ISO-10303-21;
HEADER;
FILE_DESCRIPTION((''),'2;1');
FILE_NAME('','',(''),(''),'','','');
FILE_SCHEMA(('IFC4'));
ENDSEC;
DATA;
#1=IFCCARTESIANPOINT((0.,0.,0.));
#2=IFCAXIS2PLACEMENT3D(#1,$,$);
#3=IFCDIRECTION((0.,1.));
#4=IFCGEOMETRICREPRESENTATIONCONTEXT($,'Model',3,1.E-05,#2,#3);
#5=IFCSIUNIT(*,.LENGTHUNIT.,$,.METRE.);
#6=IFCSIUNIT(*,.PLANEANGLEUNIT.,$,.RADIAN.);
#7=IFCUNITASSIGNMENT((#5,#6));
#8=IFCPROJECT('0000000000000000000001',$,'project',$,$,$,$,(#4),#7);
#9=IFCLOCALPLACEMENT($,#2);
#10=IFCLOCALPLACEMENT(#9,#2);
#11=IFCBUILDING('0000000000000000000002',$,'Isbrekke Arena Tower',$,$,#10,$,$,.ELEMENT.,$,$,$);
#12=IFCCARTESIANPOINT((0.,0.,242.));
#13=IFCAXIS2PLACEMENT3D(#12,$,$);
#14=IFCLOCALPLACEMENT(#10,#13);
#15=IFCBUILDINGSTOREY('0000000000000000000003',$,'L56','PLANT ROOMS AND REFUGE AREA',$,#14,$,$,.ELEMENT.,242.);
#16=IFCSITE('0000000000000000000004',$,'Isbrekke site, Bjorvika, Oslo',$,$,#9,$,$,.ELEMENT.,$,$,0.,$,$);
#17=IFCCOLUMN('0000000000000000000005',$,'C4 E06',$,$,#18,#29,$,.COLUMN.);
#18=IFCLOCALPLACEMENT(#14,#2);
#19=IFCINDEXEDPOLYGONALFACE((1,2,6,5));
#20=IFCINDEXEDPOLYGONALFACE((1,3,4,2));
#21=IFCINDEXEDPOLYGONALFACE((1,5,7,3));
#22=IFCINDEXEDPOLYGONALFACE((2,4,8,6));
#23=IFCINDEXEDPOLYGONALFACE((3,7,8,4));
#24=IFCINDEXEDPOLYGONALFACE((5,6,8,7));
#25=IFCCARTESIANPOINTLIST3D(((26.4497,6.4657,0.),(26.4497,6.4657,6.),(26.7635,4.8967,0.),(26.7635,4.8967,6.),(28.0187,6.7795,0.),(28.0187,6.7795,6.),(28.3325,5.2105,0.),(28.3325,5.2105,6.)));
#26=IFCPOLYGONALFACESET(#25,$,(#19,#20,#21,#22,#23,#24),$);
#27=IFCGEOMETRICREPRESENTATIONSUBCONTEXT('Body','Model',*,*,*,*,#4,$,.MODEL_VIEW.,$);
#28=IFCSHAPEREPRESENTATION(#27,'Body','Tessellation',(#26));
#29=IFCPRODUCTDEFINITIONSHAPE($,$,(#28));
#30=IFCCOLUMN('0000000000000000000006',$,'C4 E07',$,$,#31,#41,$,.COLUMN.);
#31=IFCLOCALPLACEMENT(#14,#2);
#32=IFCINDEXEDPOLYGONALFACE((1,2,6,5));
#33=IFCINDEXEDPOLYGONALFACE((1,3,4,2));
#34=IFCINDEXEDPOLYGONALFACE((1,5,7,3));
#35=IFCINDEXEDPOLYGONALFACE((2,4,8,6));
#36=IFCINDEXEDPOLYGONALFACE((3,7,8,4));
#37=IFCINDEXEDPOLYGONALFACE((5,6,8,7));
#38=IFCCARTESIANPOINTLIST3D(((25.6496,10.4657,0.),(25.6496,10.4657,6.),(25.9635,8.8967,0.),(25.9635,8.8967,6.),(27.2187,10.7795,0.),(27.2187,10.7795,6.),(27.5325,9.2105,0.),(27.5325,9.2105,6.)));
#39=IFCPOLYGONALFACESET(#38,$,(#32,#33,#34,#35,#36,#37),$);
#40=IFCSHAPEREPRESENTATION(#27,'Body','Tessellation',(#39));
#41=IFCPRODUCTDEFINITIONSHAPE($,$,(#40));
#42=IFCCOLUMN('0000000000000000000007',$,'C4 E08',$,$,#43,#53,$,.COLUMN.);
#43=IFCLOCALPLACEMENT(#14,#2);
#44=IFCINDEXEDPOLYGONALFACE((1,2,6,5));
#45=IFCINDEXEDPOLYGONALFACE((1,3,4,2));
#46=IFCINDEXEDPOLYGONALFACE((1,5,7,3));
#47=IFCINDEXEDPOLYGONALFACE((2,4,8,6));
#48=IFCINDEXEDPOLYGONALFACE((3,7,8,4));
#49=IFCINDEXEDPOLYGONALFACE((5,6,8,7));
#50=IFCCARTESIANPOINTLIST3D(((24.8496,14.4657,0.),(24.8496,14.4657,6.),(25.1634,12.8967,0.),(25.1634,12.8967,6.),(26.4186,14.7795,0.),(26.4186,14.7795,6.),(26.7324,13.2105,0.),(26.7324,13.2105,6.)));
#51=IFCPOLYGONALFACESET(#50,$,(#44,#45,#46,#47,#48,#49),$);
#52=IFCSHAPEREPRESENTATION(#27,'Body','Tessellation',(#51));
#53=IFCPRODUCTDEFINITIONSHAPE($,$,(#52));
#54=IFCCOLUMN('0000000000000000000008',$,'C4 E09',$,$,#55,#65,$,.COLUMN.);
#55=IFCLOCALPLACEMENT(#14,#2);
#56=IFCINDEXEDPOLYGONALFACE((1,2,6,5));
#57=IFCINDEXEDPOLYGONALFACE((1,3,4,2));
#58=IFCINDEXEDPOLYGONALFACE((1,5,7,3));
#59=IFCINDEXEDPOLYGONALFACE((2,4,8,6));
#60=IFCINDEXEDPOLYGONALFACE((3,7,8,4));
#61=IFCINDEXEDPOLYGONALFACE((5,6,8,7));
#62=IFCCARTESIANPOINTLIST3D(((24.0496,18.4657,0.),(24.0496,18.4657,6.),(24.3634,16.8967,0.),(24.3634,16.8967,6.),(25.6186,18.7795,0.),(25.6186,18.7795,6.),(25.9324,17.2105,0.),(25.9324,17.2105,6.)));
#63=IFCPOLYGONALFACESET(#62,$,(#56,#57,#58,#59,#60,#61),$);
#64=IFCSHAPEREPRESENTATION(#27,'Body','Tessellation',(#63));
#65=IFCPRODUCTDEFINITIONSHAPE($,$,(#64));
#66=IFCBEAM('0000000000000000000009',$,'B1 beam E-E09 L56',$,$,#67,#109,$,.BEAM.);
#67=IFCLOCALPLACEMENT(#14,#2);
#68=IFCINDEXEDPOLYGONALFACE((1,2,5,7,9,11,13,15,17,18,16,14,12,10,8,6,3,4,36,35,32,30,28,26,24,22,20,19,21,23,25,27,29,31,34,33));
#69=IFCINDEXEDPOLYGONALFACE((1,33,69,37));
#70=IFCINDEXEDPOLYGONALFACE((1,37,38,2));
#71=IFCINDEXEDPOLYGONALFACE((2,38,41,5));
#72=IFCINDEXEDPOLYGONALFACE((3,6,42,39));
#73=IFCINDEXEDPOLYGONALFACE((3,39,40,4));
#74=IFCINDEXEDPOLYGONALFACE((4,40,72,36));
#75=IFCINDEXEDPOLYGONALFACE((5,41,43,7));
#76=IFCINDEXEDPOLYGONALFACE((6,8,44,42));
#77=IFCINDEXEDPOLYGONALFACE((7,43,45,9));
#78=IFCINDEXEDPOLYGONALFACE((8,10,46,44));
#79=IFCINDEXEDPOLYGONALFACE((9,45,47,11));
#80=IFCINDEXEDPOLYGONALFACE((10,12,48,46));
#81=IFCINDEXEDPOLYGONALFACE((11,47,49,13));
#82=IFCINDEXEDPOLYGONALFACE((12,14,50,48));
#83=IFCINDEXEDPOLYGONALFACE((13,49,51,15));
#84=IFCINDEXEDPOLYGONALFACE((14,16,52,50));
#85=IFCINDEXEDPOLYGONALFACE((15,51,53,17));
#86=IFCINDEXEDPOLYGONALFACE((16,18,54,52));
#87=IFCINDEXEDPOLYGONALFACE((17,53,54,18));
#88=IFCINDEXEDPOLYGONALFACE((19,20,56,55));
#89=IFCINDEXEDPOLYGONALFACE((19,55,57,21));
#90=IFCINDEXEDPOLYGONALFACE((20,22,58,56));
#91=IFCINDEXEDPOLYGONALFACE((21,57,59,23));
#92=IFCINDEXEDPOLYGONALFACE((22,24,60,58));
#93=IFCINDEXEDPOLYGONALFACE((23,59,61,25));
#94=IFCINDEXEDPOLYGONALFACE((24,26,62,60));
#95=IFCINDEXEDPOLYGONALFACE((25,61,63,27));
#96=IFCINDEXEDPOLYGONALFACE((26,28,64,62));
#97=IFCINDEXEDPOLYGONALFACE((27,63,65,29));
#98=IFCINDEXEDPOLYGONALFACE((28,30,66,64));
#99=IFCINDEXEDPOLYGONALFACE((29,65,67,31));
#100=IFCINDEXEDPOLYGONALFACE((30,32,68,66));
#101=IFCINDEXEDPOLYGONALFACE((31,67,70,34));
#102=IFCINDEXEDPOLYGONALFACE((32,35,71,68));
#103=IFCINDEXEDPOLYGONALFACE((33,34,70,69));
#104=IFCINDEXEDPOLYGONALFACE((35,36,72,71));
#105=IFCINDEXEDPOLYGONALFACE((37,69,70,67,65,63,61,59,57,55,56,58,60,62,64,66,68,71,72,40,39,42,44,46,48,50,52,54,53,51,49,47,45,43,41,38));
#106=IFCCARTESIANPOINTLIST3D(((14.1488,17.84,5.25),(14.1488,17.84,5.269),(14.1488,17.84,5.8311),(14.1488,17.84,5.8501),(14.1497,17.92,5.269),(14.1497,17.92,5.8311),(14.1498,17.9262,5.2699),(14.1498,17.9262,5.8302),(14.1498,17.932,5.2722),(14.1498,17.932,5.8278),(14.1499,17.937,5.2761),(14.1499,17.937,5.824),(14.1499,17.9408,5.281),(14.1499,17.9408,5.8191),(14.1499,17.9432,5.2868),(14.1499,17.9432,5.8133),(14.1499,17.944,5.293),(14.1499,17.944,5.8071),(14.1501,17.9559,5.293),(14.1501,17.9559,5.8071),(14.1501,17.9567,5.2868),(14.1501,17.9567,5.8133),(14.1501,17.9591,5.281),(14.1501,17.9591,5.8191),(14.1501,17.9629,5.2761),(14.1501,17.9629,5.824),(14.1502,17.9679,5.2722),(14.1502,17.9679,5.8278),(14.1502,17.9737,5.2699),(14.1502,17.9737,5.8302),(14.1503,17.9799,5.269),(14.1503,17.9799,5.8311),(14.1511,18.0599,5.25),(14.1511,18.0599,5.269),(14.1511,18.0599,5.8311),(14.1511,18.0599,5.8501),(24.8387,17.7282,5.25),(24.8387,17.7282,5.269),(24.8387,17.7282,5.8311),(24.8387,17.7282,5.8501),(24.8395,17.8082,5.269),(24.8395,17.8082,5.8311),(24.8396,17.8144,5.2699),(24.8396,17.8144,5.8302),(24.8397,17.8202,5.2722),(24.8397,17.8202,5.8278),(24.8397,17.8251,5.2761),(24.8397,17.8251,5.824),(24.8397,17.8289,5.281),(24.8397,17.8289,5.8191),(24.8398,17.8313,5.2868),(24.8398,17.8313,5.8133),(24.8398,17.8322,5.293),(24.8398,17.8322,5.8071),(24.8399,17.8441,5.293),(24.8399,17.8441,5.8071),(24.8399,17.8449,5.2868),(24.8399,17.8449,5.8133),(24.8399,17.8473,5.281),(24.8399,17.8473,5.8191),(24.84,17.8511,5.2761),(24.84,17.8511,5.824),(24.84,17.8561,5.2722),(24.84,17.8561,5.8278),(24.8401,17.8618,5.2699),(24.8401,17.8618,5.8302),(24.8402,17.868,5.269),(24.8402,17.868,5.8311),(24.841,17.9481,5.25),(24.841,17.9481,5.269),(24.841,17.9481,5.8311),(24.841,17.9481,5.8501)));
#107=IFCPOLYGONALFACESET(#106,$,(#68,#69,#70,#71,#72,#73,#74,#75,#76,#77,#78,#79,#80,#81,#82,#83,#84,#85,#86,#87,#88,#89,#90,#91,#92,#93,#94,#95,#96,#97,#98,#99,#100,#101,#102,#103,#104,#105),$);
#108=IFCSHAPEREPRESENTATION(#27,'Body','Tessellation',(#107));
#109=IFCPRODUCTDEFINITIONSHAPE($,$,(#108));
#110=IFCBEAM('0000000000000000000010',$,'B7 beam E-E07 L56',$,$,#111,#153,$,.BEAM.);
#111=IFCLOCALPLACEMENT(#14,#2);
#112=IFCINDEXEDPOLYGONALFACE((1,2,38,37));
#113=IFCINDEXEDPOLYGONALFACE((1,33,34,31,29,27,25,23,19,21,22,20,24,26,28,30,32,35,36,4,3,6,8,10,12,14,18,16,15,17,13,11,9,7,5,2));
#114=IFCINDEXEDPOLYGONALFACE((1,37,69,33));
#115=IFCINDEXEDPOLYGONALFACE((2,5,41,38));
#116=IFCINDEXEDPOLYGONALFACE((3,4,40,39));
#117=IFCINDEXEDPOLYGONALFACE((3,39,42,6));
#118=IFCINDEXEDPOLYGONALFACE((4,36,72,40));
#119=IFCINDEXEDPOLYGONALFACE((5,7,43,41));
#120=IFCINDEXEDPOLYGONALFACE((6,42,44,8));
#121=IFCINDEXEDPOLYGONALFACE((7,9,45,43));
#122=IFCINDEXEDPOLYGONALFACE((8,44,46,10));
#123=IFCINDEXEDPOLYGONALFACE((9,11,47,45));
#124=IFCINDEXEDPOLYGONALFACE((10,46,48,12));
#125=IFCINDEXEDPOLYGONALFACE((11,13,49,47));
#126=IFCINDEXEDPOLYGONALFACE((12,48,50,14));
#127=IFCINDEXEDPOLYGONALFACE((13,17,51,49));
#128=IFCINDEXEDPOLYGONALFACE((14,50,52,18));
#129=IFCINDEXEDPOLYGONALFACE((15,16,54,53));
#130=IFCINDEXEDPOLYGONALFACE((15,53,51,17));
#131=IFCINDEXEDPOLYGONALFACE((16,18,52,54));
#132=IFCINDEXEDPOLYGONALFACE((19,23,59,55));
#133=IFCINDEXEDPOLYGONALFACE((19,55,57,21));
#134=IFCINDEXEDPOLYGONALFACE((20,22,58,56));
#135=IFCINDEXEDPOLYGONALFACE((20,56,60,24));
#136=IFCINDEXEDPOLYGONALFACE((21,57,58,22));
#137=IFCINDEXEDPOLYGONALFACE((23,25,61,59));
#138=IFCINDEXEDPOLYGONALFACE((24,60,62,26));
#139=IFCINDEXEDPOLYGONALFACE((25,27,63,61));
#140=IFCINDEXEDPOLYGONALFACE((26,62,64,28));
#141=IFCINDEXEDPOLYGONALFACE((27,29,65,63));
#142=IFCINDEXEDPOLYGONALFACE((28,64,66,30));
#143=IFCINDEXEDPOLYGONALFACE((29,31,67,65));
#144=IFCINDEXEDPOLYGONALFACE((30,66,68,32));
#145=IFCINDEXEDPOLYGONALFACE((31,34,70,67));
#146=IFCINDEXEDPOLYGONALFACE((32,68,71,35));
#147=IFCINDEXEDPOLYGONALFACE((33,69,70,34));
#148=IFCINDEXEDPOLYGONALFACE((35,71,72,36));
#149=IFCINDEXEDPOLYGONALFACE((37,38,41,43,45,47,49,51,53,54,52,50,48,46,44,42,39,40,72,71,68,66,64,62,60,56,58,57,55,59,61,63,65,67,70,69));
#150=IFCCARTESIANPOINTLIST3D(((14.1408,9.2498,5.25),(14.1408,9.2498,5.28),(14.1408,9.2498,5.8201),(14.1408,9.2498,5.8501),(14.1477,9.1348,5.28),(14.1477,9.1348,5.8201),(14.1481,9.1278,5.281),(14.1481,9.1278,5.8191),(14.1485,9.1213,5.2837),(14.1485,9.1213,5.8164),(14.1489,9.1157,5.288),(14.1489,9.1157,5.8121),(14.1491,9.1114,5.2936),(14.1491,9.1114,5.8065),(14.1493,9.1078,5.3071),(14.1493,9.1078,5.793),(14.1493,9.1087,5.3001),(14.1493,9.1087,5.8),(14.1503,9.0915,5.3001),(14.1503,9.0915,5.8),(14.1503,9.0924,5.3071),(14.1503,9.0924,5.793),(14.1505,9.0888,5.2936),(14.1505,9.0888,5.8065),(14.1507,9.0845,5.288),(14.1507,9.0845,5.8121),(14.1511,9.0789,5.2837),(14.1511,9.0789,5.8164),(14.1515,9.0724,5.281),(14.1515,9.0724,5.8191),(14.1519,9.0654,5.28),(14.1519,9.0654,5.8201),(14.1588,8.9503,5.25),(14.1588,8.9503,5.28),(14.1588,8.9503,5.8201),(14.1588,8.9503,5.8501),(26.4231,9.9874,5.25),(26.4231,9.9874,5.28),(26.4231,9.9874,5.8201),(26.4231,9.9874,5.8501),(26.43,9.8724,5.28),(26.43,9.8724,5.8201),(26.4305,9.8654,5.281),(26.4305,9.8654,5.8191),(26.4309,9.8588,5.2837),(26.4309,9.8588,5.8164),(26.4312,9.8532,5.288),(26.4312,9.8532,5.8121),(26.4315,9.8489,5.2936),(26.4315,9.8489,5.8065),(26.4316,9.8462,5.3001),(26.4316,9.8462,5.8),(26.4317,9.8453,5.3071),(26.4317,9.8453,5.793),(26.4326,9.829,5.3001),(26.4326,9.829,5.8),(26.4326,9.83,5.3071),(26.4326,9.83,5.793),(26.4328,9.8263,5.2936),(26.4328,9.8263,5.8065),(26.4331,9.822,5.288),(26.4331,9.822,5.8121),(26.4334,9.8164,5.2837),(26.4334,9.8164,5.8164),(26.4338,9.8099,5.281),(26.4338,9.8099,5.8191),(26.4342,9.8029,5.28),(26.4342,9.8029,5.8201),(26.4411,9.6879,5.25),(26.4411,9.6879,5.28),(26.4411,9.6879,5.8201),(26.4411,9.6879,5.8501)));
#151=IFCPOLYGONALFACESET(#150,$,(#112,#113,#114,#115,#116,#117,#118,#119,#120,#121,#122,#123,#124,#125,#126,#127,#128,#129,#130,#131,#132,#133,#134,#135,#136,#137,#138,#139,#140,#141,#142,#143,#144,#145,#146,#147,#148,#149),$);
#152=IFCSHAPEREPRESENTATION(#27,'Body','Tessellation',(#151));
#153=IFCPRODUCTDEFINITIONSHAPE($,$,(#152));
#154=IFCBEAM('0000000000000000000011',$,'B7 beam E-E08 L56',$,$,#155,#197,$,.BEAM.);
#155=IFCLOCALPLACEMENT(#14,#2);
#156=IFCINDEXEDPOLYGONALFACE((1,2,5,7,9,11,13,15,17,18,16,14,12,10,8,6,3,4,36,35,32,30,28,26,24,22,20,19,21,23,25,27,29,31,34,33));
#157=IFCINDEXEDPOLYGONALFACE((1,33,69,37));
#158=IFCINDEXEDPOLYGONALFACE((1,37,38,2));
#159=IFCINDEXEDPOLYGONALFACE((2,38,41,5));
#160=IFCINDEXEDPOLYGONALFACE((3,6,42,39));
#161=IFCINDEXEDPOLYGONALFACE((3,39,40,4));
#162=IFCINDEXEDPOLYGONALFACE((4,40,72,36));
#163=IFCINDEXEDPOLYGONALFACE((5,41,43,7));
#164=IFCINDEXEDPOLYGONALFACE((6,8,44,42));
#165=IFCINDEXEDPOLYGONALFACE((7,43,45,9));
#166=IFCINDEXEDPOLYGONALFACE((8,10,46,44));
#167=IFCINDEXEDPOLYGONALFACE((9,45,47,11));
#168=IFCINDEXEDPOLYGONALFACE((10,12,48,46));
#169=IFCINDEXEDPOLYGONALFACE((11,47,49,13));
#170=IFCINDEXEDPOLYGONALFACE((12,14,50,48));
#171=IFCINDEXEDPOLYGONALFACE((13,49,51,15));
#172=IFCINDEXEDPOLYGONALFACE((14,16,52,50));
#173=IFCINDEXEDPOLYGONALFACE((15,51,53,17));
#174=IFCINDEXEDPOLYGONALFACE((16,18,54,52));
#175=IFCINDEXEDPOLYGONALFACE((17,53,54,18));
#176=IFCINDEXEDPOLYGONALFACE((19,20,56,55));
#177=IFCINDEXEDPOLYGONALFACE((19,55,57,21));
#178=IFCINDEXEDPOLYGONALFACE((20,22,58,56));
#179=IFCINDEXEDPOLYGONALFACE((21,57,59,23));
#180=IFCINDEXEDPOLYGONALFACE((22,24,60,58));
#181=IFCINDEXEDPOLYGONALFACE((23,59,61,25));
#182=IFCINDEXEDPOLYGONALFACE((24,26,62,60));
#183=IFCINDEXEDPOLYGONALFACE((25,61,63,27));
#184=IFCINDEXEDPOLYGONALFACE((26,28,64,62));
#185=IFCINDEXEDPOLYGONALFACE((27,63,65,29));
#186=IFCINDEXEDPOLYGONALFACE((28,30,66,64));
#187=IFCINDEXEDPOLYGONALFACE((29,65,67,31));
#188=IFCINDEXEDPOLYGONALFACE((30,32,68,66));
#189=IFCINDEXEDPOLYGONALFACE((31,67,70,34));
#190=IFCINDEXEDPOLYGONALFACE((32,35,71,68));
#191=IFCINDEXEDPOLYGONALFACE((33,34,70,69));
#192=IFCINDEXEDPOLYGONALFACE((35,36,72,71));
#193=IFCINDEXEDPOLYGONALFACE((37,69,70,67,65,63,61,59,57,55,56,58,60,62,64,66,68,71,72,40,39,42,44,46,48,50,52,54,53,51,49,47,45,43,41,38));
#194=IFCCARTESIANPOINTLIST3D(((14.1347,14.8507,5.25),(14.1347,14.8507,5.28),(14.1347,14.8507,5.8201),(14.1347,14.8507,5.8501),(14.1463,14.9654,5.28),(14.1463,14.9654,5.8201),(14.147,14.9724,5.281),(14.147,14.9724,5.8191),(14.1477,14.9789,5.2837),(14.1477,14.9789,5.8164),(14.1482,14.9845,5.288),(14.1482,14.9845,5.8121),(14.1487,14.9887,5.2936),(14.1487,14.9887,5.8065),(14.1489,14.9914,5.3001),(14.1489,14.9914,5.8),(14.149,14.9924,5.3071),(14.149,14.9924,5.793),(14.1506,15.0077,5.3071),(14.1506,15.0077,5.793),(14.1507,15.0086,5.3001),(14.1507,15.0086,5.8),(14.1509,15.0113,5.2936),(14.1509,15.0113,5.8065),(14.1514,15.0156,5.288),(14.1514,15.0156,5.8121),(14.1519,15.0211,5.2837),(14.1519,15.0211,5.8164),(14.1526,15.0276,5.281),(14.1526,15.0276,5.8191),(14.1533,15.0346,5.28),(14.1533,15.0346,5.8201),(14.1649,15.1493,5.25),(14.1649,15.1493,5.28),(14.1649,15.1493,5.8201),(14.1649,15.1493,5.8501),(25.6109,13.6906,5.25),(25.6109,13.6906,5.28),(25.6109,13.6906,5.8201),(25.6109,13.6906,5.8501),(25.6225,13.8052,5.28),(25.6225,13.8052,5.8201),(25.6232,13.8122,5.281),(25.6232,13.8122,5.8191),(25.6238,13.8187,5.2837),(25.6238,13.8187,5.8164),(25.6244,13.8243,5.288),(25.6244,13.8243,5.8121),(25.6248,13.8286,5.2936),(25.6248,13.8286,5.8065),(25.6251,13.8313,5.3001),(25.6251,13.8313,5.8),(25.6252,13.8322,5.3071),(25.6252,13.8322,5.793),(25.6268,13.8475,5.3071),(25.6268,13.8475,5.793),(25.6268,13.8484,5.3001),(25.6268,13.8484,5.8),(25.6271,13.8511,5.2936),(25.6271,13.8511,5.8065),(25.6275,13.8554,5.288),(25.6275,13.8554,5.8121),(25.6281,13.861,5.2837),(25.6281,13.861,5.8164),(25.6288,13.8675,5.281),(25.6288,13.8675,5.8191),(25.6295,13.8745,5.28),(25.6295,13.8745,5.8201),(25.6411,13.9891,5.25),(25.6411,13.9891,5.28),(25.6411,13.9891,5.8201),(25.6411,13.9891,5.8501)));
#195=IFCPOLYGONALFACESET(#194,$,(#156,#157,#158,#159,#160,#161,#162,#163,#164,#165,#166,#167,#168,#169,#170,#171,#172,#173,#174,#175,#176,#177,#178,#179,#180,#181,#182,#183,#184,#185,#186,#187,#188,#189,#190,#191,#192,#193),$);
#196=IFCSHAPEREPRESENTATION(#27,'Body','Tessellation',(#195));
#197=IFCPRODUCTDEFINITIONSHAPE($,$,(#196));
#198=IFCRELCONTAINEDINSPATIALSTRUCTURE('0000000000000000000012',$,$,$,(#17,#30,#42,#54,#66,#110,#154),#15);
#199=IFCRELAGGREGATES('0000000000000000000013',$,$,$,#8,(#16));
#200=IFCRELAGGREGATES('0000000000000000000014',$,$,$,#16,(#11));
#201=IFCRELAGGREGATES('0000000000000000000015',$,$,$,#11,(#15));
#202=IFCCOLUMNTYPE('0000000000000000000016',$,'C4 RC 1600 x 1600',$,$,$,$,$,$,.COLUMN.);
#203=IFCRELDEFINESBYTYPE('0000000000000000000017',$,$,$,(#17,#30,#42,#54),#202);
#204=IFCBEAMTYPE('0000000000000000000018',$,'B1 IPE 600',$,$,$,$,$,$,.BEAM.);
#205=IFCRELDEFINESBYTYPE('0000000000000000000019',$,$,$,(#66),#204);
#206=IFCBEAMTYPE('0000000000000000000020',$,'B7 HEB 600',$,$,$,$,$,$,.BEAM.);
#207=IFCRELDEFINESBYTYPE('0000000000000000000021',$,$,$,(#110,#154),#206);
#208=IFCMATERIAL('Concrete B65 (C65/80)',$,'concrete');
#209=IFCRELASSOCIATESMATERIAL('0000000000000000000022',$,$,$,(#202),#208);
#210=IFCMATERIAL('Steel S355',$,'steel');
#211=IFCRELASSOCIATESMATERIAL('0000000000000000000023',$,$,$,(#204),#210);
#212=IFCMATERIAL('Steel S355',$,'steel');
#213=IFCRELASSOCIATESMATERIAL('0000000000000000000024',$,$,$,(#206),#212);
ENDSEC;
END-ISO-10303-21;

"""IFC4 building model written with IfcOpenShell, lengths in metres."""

from ifc_helpers import new_model, si_unit, direction, frame, origin, origin_2d, place, context, subcontext, project, spatial, rectangle, i_section, extrude, material, material_profile, profile_set, type_object, element, save


model = new_model("IFC4")

# Units and contexts
model_context = context("Model", 3, precision=1e-05, world=origin(), true_north=direction((0.0, 1.0)))
body_context = subcontext(model_context, "Body", "Model", "MODEL_VIEW")
ifc_project = project(units=[si_unit("LENGTHUNIT", "METRE"), si_unit("PLANEANGLEUNIT", "RADIAN")], contexts=[model_context])

# Site, building, storey
site_placement = place(None, origin())
site = spatial("IfcSite", under=ifc_project, at=site_placement, Name="Isbrekke site, Bjorvika, Oslo", CompositionType="ELEMENT", RefElevation=0.0)
building_placement = place(site_placement, origin())
building = spatial("IfcBuilding", under=site, at=building_placement, Name="Isbrekke Arena Tower", CompositionType="ELEMENT")
storey_placement = place(building_placement, frame((0.0, 0.0, 242.0)))
storey = spatial("IfcBuildingStorey", under=building, at=storey_placement, Name="L56", Description="PLANT ROOMS AND REFUGE AREA", CompositionType="ELEMENT", Elevation=242.0)

# Columns
ifc_material_1 = material(Name="Concrete B65 (C65/80)", Category="concrete")
ifc_material_profile_1 = material_profile(ifc_material_1, rectangle(XDim=1.6001, YDim=1.6001, at=origin_2d()), Name="RC 1600x1600")
ifc_profile_set_1 = profile_set([ifc_material_profile_1], Name="Concrete B65 (C65/80)")
column_type = type_object("IfcColumnType", Name="C4 RC 1600 x 1600", PredefinedType="COLUMN", material=ifc_profile_set_1)
for number, where, z_axis, x_axis, name in (
    (1, (27.3911, 5.8381, 0.0), (0.0, 0.0, 1.0), (-0.196116, 0.980581, 0.0), "C4 E06"),
    (2, (26.5911, 9.8381, 0.0), (0.0, 0.0, 1.0), (-0.196116, 0.980581, 0.0), "C4 E07"),
    (3, (25.791, 13.8381, 0.0), (0.0, 0.0, 1.0), (-0.196116, 0.980581, 0.0), "C4 E08"),
    (4, (24.991, 17.8381, 0.0), (0.0, 0.0, 1.0), (-0.196116, 0.980581, 0.0), "C4 E09"),
):
    element("IfcColumn", number, at=place(storey_placement, frame(where, z_axis=z_axis, x_axis=x_axis)), inside=storey, type_object=column_type, Name=name, PredefinedType="COLUMN", context=body_context, shape_type="SweptSolid", body=[
        extrude(rectangle(XDim=1.6001, YDim=1.6001, at=origin_2d()), origin(), (0.0, 0.0, 1.0), 6.0),
    ])

# Beams
ifc_material_2 = material(Name="Steel S355", Category="steel")
ifc_material_profile_2 = material_profile(ifc_material_2, i_section(OverallWidth=0.22, OverallDepth=0.6001, WebThickness=0.012, FlangeThickness=0.019, FilletRadius=0.0239, at=origin_2d()), Name="IPE 600")
ifc_profile_set_2 = profile_set([ifc_material_profile_2], Name="Steel S355")
beam_type_1 = type_object("IfcBeamType", Name="B1 IPE 600", PredefinedType="BEAM", material=ifc_profile_set_2)
beam_1_placement = place(storey_placement, frame((24.8398, 17.8381, 5.55), z_axis=(-0.999945, 0.010459, 0.0), x_axis=(-0.010459, -0.999945, 0.0)))
element("IfcBeam", 5, at=beam_1_placement, inside=storey, type_object=beam_type_1, Name="B1 beam E-E09 L56", PredefinedType="BEAM", context=body_context, shape_type="SweptSolid", body=[
    extrude(i_section(OverallWidth=0.22, OverallDepth=0.6001, WebThickness=0.012, FlangeThickness=0.019, FilletRadius=0.0239, at=origin_2d()), origin(), (0.0, 0.0, 1.0), 10.6904),
])
ifc_material_3 = material(Name="Steel S355", Category="steel")
ifc_material_profile_3 = material_profile(ifc_material_3, i_section(OverallWidth=0.3, OverallDepth=0.6001, WebThickness=0.0154, FlangeThickness=0.03, FilletRadius=0.0271, at=origin_2d()), Name="HEB 600")
ifc_profile_set_3 = profile_set([ifc_material_profile_3], Name="Steel S355")
beam_type_2 = type_object("IfcBeamType", Name="B7 HEB 600", PredefinedType="BEAM", material=ifc_profile_set_3)
beam_2_placement = place(storey_placement, frame((26.4321, 9.8376, 5.55), z_axis=(-0.998202, -0.059942, 0.0), x_axis=(0.059942, -0.998202, 0.0)))
element("IfcBeam", 6, at=beam_2_placement, inside=storey, type_object=beam_type_2, Name="B7 beam E-E07 L56", PredefinedType="BEAM", context=body_context, shape_type="SweptSolid", body=[
    extrude(i_section(OverallWidth=0.3, OverallDepth=0.6001, WebThickness=0.0154, FlangeThickness=0.03, FilletRadius=0.0271, at=origin_2d()), origin(), (0.0, 0.0, 1.0), 12.3044),
])
beam_3_placement = place(storey_placement, frame((25.626, 13.8398, 5.55), z_axis=(-0.994929, 0.100581, 0.0), x_axis=(-0.100581, -0.994929, 0.0)))
element("IfcBeam", 7, at=beam_3_placement, inside=storey, type_object=beam_type_2, Name="B7 beam E-E08 L56", PredefinedType="BEAM", context=body_context, shape_type="SweptSolid", body=[
    extrude(i_section(OverallWidth=0.3, OverallDepth=0.6001, WebThickness=0.0154, FlangeThickness=0.03, FilletRadius=0.0271, at=origin_2d()), origin(), (0.0, 0.0, 1.0), 11.5347),
])

save(model, "model.ifc")
